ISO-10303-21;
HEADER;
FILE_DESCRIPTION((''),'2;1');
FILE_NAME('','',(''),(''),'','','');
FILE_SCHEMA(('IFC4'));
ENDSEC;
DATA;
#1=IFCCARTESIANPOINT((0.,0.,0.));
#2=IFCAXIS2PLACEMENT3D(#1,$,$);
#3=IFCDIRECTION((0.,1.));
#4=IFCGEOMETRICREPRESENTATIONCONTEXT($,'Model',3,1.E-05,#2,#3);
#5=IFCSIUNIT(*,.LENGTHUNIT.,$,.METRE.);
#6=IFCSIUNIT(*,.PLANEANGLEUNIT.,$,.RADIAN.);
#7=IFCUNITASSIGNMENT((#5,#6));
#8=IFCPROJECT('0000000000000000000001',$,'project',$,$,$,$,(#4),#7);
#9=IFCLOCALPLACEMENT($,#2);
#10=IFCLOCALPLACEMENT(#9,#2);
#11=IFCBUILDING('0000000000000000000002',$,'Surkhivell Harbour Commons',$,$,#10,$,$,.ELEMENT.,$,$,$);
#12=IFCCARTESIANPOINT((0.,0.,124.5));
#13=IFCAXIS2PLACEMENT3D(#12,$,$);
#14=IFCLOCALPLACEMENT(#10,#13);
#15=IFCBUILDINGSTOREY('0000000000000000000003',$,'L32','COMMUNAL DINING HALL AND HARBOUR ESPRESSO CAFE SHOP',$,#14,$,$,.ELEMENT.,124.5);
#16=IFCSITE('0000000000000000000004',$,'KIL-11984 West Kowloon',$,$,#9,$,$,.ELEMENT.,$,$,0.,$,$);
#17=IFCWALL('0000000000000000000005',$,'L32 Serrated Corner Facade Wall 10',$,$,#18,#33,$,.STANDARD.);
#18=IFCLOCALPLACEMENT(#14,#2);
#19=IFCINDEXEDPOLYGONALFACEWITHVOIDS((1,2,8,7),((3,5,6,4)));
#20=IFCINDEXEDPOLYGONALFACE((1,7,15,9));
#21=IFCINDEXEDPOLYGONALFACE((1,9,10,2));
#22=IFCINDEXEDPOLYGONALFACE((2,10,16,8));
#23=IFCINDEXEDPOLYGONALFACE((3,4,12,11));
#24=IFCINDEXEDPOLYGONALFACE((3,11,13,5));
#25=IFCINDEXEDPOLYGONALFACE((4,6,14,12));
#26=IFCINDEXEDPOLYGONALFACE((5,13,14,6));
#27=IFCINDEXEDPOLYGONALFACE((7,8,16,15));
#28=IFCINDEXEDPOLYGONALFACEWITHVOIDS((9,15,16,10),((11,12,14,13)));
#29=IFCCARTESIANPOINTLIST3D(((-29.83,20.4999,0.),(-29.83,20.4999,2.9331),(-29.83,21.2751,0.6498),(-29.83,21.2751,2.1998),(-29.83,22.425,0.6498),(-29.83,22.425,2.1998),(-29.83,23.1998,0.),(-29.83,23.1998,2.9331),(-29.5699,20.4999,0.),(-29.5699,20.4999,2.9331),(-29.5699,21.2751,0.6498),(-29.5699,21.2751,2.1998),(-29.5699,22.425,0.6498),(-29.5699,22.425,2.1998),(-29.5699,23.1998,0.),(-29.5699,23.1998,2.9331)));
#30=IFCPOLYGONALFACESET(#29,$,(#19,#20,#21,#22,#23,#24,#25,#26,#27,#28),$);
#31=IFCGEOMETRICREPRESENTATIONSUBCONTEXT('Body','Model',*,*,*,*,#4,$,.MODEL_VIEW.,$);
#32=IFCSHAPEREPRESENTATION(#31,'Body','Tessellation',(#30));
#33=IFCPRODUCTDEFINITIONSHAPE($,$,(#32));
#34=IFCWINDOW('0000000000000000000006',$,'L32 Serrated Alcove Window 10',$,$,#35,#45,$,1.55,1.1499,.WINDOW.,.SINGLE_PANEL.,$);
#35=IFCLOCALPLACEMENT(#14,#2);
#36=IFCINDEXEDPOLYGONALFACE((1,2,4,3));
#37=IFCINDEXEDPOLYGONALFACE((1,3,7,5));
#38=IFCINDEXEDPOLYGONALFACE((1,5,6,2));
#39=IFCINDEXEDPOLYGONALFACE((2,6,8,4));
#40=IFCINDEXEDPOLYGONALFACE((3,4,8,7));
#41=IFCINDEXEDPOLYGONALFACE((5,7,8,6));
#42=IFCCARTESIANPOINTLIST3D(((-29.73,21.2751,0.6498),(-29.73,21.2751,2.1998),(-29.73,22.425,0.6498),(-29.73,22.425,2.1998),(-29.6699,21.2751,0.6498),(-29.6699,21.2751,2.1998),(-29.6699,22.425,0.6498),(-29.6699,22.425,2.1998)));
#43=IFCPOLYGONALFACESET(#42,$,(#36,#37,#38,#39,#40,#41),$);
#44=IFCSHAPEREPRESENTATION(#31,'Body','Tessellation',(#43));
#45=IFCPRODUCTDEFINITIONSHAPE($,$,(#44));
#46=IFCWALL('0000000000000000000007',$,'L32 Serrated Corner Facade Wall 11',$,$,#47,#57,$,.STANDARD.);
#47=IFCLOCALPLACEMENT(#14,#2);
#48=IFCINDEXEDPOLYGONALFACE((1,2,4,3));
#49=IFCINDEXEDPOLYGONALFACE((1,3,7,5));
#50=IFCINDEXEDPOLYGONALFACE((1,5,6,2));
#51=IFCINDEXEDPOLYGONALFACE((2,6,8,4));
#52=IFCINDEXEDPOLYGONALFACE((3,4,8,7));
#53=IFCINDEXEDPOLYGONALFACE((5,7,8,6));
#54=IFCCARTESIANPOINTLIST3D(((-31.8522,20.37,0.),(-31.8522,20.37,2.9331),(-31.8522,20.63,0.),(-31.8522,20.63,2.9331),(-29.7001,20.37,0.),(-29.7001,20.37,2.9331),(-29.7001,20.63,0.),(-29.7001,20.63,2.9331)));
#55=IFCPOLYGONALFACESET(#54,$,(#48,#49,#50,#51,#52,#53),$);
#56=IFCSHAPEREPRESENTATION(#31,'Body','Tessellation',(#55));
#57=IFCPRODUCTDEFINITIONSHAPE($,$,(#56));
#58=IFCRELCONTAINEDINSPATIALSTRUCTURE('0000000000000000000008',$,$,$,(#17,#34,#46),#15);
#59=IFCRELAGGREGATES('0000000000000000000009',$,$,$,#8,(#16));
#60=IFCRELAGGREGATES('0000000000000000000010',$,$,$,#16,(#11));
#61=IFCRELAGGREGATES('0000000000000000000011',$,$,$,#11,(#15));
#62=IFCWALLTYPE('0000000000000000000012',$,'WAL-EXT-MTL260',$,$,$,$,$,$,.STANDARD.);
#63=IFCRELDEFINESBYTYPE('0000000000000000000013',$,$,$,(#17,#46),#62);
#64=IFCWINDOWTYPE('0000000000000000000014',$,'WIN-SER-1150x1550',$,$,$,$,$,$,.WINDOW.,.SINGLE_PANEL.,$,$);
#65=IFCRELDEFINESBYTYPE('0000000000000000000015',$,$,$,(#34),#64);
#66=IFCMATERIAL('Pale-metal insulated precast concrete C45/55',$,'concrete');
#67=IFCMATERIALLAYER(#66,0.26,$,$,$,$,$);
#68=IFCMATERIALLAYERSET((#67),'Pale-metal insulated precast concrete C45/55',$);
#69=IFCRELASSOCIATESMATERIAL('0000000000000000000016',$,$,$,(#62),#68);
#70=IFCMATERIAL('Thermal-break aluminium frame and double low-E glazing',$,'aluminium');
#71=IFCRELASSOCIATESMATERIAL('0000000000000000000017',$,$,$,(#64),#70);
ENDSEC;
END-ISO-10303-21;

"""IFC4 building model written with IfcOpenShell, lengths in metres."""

from ifc_helpers import new_model, si_unit, direction, frame, frame_2d, origin, place, context, subcontext, project, spatial, rectangle, extrude, material, layer, layer_set, type_object, element, fill, save


model = new_model("IFC4")

# Units and contexts
model_context = context("Model", 3, precision=1e-05, world=origin(), true_north=direction((0.0, 1.0)))
body_context = subcontext(model_context, "Body", "Model", "MODEL_VIEW")
ifc_project = project(units=[si_unit("LENGTHUNIT", "METRE"), si_unit("PLANEANGLEUNIT", "RADIAN")], contexts=[model_context])

# Site, building, storey
site_placement = place(None, origin())
site = spatial("IfcSite", under=ifc_project, at=site_placement, Name="KIL-11984 West Kowloon", CompositionType="ELEMENT", RefElevation=0.0)
building_placement = place(site_placement, origin())
building = spatial("IfcBuilding", under=site, at=building_placement, Name="Surkhivell Harbour Commons", CompositionType="ELEMENT")
storey_placement = place(building_placement, frame((0.0, 0.0, 124.5)))
storey = spatial("IfcBuildingStorey", under=building, at=storey_placement, Name="L32", Description="COMMUNAL DINING HALL AND HARBOUR ESPRESSO CAFE SHOP", CompositionType="ELEMENT", Elevation=124.5)

# Shared definitions
ifc_material_1 = material(Name="Pale-metal insulated precast concrete C45/55", Category="concrete")
ifc_layer_1 = layer(ifc_material_1, 0.26)
ifc_layer_set_1 = layer_set([ifc_layer_1], Name="Pale-metal insulated precast concrete C45/55")
wall_type = type_object("IfcWallType", Name="WAL-EXT-MTL260", PredefinedType="STANDARD", material=ifc_layer_set_1)

# Wall, opening, window
wall_1_placement = place(storey_placement, frame((-29.7, 23.2, 0.0), z_axis=(0.0, 0.0, 1.0), x_axis=(0.0, -1.0, 0.0)))
wall_1 = element("IfcWall", 1, at=wall_1_placement, inside=storey, type_object=wall_type, Name="L32 Serrated Corner Facade Wall 10", PredefinedType="STANDARD", context=body_context, shape_type="SweptSolid", body=[
    extrude(rectangle(XDim=2.7, YDim=0.26, at=frame_2d((1.3501, 0.0))), origin(), (0.0, 0.0, 1.0), 2.9331),
])
opening_placement = place(wall_1_placement, frame((0.7749, 0.0, 0.6499)))
opening = element("IfcOpeningElement", 2, at=opening_placement, cuts=wall_1, PredefinedType="OPENING", context=body_context, shape_type="SweptSolid", body=[
    extrude(rectangle(XDim=1.1499, YDim=1.55, at=frame_2d((0.575, 0.7749))), frame((0.0, 0.1399, 0.0), z_axis=(0.0, -1.0, 0.0), x_axis=(1.0, 0.0, 0.0)), (0.0, 0.0, 1.0), 0.28),
])
ifc_material_2 = material(Name="Thermal-break aluminium frame and double low-E glazing", Category="aluminium")
window_type = type_object("IfcWindowType", Name="WIN-SER-1150x1550", PartitioningType="SINGLE_PANEL", PredefinedType="WINDOW", material=ifc_material_2)
window_placement = place(opening_placement, origin())
window = element("IfcWindow", 3, at=window_placement, inside=storey, type_object=window_type, Name="L32 Serrated Alcove Window 10", OverallHeight=1.55, OverallWidth=1.1499, PartitioningType="SINGLE_PANEL", PredefinedType="WINDOW", context=body_context, shape_type="SweptSolid", body=[
    extrude(rectangle(XDim=1.1499, YDim=1.55, at=frame_2d((0.575, 0.7749))), frame((0.0, 0.03, 0.0), z_axis=(0.0, -1.0, 0.0), x_axis=(1.0, 0.0, 0.0)), (0.0, 0.0, 1.0), 0.0601),
])
fill(opening, window)

# Wall
wall_2_placement = place(storey_placement, frame((-29.7, 20.5, 0.0), z_axis=(0.0, 0.0, 1.0), x_axis=(-1.0, 0.0, 0.0)))
element("IfcWall", 4, at=wall_2_placement, inside=storey, type_object=wall_type, Name="L32 Serrated Corner Facade Wall 11", PredefinedType="STANDARD", context=body_context, shape_type="SweptSolid", body=[
    extrude(rectangle(XDim=2.1521, YDim=0.26, at=frame_2d((1.0762, 0.0))), origin(), (0.0, 0.0, 1.0), 2.9331),
])

save(model, "model.ifc")
